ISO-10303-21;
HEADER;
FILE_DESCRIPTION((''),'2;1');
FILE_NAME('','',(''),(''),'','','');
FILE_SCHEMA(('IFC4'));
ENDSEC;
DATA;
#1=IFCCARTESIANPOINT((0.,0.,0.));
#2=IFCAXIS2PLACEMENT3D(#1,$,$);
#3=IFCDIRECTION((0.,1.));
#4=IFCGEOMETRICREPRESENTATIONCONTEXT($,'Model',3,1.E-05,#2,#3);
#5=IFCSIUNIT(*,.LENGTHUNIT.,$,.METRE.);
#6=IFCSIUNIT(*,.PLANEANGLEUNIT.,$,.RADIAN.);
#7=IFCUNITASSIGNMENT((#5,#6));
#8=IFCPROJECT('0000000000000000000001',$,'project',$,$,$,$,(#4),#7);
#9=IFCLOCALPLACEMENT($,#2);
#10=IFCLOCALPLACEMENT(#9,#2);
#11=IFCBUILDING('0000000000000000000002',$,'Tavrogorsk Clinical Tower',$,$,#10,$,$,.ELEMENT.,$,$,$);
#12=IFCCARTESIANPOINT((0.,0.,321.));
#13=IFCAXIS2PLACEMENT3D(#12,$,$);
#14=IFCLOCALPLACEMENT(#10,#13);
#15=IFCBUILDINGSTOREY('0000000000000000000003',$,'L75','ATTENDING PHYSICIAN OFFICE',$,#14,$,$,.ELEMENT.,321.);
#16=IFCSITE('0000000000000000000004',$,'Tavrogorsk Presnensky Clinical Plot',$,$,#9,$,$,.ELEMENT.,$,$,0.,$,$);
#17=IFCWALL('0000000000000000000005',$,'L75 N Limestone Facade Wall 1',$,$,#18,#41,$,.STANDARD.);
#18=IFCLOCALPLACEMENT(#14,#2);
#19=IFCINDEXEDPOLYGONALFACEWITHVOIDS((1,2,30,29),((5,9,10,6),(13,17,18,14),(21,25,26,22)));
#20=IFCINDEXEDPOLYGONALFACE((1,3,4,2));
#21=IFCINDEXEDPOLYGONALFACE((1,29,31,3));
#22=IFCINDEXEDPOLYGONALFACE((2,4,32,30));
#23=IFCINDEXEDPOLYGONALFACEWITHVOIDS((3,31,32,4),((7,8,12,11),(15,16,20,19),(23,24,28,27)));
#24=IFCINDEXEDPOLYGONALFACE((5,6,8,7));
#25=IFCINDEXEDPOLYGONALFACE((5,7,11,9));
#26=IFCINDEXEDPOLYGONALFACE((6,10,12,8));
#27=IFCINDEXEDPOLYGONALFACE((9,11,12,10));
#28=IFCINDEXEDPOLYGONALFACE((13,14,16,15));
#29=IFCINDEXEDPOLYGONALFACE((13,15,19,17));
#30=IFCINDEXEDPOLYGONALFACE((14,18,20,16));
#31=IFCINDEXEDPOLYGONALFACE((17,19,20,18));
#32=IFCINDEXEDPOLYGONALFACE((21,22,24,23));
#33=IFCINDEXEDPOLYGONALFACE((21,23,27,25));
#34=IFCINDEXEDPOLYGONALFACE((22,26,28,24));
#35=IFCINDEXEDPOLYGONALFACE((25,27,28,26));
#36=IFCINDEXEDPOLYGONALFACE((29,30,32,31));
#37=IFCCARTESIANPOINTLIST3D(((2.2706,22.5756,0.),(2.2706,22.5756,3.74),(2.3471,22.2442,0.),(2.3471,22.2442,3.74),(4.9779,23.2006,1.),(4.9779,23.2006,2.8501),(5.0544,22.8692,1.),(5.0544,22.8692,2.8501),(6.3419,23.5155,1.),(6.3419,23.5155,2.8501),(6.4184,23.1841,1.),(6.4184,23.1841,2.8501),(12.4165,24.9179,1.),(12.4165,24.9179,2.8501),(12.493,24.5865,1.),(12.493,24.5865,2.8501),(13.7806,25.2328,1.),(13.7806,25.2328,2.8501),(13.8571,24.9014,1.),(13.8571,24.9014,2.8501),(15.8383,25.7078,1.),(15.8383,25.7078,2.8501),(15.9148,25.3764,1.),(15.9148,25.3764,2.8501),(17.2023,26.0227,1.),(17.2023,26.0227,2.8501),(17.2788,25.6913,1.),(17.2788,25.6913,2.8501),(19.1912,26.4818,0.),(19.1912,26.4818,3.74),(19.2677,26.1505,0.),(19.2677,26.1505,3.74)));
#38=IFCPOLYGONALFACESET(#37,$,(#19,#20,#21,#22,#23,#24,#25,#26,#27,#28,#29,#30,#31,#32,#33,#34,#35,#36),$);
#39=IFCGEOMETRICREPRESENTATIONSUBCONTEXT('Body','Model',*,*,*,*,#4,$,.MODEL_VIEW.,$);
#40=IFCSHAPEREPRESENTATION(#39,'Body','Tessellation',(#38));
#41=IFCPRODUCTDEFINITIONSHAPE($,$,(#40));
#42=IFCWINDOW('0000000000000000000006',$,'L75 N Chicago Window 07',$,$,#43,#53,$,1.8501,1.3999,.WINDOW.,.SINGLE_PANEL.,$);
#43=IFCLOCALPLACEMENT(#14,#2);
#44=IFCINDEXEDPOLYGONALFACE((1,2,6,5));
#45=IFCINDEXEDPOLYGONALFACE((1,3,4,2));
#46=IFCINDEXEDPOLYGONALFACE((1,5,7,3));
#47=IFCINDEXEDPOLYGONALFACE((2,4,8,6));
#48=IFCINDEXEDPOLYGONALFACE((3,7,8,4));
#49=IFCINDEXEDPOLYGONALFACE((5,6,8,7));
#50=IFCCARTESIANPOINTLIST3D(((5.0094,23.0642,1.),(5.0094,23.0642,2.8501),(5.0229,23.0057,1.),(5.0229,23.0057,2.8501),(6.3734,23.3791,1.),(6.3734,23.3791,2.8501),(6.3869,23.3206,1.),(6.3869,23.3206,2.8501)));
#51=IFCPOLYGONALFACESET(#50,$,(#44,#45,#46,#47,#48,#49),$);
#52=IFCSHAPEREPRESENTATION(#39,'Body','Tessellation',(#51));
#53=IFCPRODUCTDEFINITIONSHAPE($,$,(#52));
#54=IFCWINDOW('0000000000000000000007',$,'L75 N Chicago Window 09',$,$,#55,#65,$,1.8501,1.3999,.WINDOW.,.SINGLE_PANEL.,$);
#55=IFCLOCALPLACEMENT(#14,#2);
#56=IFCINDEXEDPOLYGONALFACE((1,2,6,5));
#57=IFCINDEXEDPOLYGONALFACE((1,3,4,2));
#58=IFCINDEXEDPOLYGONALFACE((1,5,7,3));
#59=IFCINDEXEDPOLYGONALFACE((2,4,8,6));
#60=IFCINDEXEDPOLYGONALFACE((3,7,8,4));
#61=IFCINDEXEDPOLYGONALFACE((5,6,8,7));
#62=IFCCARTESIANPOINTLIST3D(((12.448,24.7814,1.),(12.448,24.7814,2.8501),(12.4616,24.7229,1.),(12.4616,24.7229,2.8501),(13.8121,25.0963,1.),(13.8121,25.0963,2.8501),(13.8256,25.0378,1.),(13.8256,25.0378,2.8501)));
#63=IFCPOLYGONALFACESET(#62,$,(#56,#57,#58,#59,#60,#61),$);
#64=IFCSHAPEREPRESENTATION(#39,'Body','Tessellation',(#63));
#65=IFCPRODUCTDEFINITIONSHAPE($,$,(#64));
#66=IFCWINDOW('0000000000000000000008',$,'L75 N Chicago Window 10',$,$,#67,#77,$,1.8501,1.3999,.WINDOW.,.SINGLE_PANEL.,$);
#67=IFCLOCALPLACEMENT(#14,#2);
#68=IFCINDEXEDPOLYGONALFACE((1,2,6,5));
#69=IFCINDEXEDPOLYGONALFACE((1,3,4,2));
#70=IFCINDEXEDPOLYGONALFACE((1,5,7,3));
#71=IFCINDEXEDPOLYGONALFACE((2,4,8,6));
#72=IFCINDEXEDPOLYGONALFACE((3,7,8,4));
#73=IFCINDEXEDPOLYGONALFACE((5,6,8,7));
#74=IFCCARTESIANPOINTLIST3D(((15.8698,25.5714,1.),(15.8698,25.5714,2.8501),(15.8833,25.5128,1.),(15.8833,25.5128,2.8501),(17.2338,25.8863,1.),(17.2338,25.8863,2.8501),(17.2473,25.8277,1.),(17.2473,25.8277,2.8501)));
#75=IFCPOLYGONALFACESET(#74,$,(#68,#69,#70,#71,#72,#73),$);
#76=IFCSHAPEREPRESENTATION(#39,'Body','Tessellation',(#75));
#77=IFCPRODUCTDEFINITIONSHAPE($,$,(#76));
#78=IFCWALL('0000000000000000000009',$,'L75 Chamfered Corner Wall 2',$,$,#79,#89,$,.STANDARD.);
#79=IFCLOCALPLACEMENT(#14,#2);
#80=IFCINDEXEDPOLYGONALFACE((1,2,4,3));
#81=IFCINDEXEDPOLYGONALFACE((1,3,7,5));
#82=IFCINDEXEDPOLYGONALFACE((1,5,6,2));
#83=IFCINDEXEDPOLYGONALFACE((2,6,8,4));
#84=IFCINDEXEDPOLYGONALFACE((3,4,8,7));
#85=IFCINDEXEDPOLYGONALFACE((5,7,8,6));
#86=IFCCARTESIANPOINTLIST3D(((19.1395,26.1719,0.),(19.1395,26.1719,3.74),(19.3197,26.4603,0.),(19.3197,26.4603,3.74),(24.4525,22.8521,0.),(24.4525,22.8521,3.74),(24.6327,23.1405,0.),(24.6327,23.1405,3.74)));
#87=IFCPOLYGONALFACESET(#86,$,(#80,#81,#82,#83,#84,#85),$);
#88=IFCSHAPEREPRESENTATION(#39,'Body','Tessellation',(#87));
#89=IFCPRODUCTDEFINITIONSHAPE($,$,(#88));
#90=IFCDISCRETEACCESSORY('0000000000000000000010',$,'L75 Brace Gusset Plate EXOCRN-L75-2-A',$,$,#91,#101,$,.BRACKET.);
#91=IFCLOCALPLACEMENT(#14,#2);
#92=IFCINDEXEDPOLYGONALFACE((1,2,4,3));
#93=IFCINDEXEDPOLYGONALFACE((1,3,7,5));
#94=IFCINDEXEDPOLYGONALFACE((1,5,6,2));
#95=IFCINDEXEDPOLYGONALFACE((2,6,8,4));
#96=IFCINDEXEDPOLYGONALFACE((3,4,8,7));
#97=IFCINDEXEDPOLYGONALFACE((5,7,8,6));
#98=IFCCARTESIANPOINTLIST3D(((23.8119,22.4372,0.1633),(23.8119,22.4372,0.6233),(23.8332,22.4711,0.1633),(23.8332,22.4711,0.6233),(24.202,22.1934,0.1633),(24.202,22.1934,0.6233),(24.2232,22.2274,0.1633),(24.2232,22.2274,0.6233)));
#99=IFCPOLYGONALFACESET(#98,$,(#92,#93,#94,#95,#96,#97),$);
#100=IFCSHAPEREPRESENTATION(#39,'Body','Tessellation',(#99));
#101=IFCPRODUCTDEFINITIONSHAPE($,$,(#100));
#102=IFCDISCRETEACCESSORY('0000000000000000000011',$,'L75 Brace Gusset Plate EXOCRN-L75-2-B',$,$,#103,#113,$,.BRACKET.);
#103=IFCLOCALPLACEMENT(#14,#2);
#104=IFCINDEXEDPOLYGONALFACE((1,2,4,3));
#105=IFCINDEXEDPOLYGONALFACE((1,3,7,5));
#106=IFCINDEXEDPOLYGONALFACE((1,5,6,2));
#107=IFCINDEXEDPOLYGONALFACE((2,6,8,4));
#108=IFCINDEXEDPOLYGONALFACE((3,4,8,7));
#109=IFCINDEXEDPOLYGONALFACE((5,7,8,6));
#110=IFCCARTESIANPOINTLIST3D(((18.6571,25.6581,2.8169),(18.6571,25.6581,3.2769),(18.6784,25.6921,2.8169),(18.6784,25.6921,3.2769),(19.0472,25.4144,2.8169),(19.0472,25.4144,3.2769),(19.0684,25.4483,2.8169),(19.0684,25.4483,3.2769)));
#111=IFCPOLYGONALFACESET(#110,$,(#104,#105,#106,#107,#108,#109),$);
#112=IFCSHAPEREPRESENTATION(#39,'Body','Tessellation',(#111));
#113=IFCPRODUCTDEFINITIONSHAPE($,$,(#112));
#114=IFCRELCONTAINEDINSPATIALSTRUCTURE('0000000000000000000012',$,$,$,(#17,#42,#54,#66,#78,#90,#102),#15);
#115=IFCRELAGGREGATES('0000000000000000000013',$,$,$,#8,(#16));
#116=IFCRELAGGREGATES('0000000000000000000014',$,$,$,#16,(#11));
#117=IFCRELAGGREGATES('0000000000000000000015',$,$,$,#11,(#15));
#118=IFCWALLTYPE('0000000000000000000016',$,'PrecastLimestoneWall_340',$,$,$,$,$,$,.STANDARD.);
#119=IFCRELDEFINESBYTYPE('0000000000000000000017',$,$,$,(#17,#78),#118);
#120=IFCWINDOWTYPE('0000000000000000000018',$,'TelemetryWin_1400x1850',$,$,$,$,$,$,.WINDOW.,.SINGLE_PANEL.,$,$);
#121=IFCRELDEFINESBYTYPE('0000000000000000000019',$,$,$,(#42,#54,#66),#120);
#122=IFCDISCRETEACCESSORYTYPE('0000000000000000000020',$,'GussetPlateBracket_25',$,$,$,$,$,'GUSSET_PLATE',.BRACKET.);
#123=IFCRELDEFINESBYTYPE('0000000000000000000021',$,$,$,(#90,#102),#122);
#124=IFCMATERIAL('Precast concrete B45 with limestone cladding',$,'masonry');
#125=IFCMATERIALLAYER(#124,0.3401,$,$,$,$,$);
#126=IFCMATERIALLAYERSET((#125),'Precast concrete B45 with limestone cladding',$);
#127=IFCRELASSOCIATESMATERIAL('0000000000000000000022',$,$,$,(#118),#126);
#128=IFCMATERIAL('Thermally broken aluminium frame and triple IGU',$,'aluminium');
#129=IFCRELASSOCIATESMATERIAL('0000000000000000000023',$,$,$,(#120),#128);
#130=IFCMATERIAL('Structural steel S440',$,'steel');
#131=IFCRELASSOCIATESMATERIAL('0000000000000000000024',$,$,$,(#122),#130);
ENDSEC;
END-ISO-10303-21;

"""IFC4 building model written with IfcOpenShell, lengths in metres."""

from ifc_helpers import new_model, si_unit, direction, frame, frame_2d, origin, origin_2d, place, context, subcontext, project, spatial, rectangle, extrude, material, layer, layer_set, type_object, element, fill, save


model = new_model("IFC4")

# Units and contexts
model_context = context("Model", 3, precision=1e-05, world=origin(), true_north=direction((0.0, 1.0)))
body_context = subcontext(model_context, "Body", "Model", "MODEL_VIEW")
ifc_project = project(units=[si_unit("LENGTHUNIT", "METRE"), si_unit("PLANEANGLEUNIT", "RADIAN")], contexts=[model_context])

# Site, building, storey
site_placement = place(None, origin())
site = spatial("IfcSite", under=ifc_project, at=site_placement, Name="Tavrogorsk Presnensky Clinical Plot", CompositionType="ELEMENT", RefElevation=0.0)
building_placement = place(site_placement, origin())
building = spatial("IfcBuilding", under=site, at=building_placement, Name="Tavrogorsk Clinical Tower", CompositionType="ELEMENT")
storey_placement = place(building_placement, frame((0.0, 0.0, 321.0)))
storey = spatial("IfcBuildingStorey", under=building, at=storey_placement, Name="L75", Description="ATTENDING PHYSICIAN OFFICE", CompositionType="ELEMENT", Elevation=321.0)

# Wall, openings, windows
ifc_material_1 = material(Name="Precast concrete B45 with limestone cladding", Category="masonry")
ifc_layer_1 = layer(ifc_material_1, 0.3401)
ifc_layer_set_1 = layer_set([ifc_layer_1], Name="Precast concrete B45 with limestone cladding")
wall_type_1 = type_object("IfcWallType", Name="PrecastLimestoneWall_340", PredefinedType="STANDARD", material=ifc_layer_set_1)
wall_1_placement = place(storey_placement, frame((19.2295, 26.3162, 0.0), z_axis=(0.0, 0.0, 1.0), x_axis=(-0.974372, -0.224941, 0.0)))
wall_1 = element("IfcWall", 1, at=wall_1_placement, inside=storey, type_object=wall_type_1, Name="L75 N Limestone Facade Wall 1", PredefinedType="STANDARD", context=body_context, shape_type="SweptSolid", body=[
    extrude(rectangle(XDim=17.3657, YDim=0.3401, at=frame_2d((8.6829, 0.0))), origin(), (0.0, 0.0, 1.0), 3.74),
])
opening_1_placement = place(wall_1_placement, frame((13.1873, 0.0, 1.0)))
opening_1 = element("IfcOpeningElement", 2, at=opening_1_placement, cuts=wall_1, PredefinedType="OPENING", context=body_context, shape_type="SweptSolid", body=[
    extrude(rectangle(XDim=1.3999, YDim=1.8501, at=frame_2d((0.7, 0.925))), frame((0.0, 0.1799, 0.0), z_axis=(0.0, -1.0, 0.0), x_axis=(1.0, 0.0, 0.0)), (0.0, 0.0, 1.0), 0.3601),
])
opening_2_placement = place(wall_1_placement, frame((5.553, 0.0, 1.0)))
opening_2 = element("IfcOpeningElement", 3, at=opening_2_placement, cuts=wall_1, PredefinedType="OPENING", context=body_context, shape_type="SweptSolid", body=[
    extrude(rectangle(XDim=1.3999, YDim=1.8501, at=frame_2d((0.7, 0.925))), frame((0.0, 0.1799, 0.0), z_axis=(0.0, -1.0, 0.0), x_axis=(1.0, 0.0, 0.0)), (0.0, 0.0, 1.0), 0.3601),
])
opening_3_placement = place(wall_1_placement, frame((2.0413, 0.0, 1.0)))
opening_3 = element("IfcOpeningElement", 4, at=opening_3_placement, cuts=wall_1, PredefinedType="OPENING", context=body_context, shape_type="SweptSolid", body=[
    extrude(rectangle(XDim=1.3999, YDim=1.8501, at=frame_2d((0.7, 0.925))), frame((0.0, 0.1799, 0.0), z_axis=(0.0, -1.0, 0.0), x_axis=(1.0, 0.0, 0.0)), (0.0, 0.0, 1.0), 0.3601),
])
ifc_material_2 = material(Name="Thermally broken aluminium frame and triple IGU", Category="aluminium")
window_type = type_object("IfcWindowType", Name="TelemetryWin_1400x1850", PartitioningType="SINGLE_PANEL", PredefinedType="WINDOW", material=ifc_material_2)
window_1_placement = place(opening_1_placement, origin())
window_1 = element("IfcWindow", 5, at=window_1_placement, inside=storey, type_object=window_type, Name="L75 N Chicago Window 07", OverallHeight=1.8501, OverallWidth=1.3999, PartitioningType="SINGLE_PANEL", PredefinedType="WINDOW", context=body_context, shape_type="SweptSolid", body=[
    extrude(rectangle(XDim=1.3999, YDim=1.8501, at=frame_2d((0.7, 0.925))), frame((0.0, 0.03, 0.0), z_axis=(0.0, -1.0, 0.0), x_axis=(1.0, 0.0, 0.0)), (0.0, 0.0, 1.0), 0.0601),
])
fill(opening_1, window_1)
window_2_placement = place(opening_2_placement, origin())
window_2 = element("IfcWindow", 6, at=window_2_placement, inside=storey, type_object=window_type, Name="L75 N Chicago Window 09", OverallHeight=1.8501, OverallWidth=1.3999, PartitioningType="SINGLE_PANEL", PredefinedType="WINDOW", context=body_context, shape_type="SweptSolid", body=[
    extrude(rectangle(XDim=1.3999, YDim=1.8501, at=frame_2d((0.7, 0.925))), frame((0.0, 0.03, 0.0), z_axis=(0.0, -1.0, 0.0), x_axis=(1.0, 0.0, 0.0)), (0.0, 0.0, 1.0), 0.0601),
])
fill(opening_2, window_2)
window_3_placement = place(opening_3_placement, origin())
window_3 = element("IfcWindow", 7, at=window_3_placement, inside=storey, type_object=window_type, Name="L75 N Chicago Window 10", OverallHeight=1.8501, OverallWidth=1.3999, PartitioningType="SINGLE_PANEL", PredefinedType="WINDOW", context=body_context, shape_type="SweptSolid", body=[
    extrude(rectangle(XDim=1.3999, YDim=1.8501, at=frame_2d((0.7, 0.925))), frame((0.0, 0.03, 0.0), z_axis=(0.0, -1.0, 0.0), x_axis=(1.0, 0.0, 0.0)), (0.0, 0.0, 1.0), 0.0601),
])
fill(opening_3, window_3)

# Wall
wall_2_placement = place(storey_placement, frame((24.5425, 22.9963, 0.0), z_axis=(0.0, 0.0, 1.0), x_axis=(-0.848055, 0.529908, 0.0)))
element("IfcWall", 8, at=wall_2_placement, inside=storey, type_object=wall_type_1, Name="L75 Chamfered Corner Wall 2", PredefinedType="STANDARD", context=body_context, shape_type="SweptSolid", body=[
    extrude(rectangle(XDim=6.2649, YDim=0.3401, at=frame_2d((3.1323, 0.0))), origin(), (0.0, 0.0, 1.0), 3.74),
])

# Discrete accessories
ifc_material_3 = material(Name="Structural steel S440", Category="steel")
discrete_accessory_type = type_object("IfcDiscreteAccessoryType", Name="GussetPlateBracket_25", ElementType="GUSSET_PLATE", PredefinedType="BRACKET", material=ifc_material_3)
for number, where, z_axis, x_axis, name in (
    (9, (24.0176, 22.3323, 0.1633), (0.0, 0.0, 1.0), (-0.848048, 0.529919, 0.0), "L75 Brace Gusset Plate EXOCRN-L75-2-A"),
    (10, (18.8628, 25.5532, 2.8169), (0.0, 0.0, 1.0), (-0.848048, 0.529919, 0.0), "L75 Brace Gusset Plate EXOCRN-L75-2-B"),
):
    element("IfcDiscreteAccessory", number, at=place(storey_placement, frame(where, z_axis=z_axis, x_axis=x_axis)), inside=storey, type_object=discrete_accessory_type, Name=name, PredefinedType="BRACKET", context=body_context, shape_type="SweptSolid", body=[
        extrude(rectangle(XDim=0.46, YDim=0.04, at=origin_2d()), origin(), (0.0, 0.0, 1.0), 0.46),
    ])

save(model, "model.ifc")
